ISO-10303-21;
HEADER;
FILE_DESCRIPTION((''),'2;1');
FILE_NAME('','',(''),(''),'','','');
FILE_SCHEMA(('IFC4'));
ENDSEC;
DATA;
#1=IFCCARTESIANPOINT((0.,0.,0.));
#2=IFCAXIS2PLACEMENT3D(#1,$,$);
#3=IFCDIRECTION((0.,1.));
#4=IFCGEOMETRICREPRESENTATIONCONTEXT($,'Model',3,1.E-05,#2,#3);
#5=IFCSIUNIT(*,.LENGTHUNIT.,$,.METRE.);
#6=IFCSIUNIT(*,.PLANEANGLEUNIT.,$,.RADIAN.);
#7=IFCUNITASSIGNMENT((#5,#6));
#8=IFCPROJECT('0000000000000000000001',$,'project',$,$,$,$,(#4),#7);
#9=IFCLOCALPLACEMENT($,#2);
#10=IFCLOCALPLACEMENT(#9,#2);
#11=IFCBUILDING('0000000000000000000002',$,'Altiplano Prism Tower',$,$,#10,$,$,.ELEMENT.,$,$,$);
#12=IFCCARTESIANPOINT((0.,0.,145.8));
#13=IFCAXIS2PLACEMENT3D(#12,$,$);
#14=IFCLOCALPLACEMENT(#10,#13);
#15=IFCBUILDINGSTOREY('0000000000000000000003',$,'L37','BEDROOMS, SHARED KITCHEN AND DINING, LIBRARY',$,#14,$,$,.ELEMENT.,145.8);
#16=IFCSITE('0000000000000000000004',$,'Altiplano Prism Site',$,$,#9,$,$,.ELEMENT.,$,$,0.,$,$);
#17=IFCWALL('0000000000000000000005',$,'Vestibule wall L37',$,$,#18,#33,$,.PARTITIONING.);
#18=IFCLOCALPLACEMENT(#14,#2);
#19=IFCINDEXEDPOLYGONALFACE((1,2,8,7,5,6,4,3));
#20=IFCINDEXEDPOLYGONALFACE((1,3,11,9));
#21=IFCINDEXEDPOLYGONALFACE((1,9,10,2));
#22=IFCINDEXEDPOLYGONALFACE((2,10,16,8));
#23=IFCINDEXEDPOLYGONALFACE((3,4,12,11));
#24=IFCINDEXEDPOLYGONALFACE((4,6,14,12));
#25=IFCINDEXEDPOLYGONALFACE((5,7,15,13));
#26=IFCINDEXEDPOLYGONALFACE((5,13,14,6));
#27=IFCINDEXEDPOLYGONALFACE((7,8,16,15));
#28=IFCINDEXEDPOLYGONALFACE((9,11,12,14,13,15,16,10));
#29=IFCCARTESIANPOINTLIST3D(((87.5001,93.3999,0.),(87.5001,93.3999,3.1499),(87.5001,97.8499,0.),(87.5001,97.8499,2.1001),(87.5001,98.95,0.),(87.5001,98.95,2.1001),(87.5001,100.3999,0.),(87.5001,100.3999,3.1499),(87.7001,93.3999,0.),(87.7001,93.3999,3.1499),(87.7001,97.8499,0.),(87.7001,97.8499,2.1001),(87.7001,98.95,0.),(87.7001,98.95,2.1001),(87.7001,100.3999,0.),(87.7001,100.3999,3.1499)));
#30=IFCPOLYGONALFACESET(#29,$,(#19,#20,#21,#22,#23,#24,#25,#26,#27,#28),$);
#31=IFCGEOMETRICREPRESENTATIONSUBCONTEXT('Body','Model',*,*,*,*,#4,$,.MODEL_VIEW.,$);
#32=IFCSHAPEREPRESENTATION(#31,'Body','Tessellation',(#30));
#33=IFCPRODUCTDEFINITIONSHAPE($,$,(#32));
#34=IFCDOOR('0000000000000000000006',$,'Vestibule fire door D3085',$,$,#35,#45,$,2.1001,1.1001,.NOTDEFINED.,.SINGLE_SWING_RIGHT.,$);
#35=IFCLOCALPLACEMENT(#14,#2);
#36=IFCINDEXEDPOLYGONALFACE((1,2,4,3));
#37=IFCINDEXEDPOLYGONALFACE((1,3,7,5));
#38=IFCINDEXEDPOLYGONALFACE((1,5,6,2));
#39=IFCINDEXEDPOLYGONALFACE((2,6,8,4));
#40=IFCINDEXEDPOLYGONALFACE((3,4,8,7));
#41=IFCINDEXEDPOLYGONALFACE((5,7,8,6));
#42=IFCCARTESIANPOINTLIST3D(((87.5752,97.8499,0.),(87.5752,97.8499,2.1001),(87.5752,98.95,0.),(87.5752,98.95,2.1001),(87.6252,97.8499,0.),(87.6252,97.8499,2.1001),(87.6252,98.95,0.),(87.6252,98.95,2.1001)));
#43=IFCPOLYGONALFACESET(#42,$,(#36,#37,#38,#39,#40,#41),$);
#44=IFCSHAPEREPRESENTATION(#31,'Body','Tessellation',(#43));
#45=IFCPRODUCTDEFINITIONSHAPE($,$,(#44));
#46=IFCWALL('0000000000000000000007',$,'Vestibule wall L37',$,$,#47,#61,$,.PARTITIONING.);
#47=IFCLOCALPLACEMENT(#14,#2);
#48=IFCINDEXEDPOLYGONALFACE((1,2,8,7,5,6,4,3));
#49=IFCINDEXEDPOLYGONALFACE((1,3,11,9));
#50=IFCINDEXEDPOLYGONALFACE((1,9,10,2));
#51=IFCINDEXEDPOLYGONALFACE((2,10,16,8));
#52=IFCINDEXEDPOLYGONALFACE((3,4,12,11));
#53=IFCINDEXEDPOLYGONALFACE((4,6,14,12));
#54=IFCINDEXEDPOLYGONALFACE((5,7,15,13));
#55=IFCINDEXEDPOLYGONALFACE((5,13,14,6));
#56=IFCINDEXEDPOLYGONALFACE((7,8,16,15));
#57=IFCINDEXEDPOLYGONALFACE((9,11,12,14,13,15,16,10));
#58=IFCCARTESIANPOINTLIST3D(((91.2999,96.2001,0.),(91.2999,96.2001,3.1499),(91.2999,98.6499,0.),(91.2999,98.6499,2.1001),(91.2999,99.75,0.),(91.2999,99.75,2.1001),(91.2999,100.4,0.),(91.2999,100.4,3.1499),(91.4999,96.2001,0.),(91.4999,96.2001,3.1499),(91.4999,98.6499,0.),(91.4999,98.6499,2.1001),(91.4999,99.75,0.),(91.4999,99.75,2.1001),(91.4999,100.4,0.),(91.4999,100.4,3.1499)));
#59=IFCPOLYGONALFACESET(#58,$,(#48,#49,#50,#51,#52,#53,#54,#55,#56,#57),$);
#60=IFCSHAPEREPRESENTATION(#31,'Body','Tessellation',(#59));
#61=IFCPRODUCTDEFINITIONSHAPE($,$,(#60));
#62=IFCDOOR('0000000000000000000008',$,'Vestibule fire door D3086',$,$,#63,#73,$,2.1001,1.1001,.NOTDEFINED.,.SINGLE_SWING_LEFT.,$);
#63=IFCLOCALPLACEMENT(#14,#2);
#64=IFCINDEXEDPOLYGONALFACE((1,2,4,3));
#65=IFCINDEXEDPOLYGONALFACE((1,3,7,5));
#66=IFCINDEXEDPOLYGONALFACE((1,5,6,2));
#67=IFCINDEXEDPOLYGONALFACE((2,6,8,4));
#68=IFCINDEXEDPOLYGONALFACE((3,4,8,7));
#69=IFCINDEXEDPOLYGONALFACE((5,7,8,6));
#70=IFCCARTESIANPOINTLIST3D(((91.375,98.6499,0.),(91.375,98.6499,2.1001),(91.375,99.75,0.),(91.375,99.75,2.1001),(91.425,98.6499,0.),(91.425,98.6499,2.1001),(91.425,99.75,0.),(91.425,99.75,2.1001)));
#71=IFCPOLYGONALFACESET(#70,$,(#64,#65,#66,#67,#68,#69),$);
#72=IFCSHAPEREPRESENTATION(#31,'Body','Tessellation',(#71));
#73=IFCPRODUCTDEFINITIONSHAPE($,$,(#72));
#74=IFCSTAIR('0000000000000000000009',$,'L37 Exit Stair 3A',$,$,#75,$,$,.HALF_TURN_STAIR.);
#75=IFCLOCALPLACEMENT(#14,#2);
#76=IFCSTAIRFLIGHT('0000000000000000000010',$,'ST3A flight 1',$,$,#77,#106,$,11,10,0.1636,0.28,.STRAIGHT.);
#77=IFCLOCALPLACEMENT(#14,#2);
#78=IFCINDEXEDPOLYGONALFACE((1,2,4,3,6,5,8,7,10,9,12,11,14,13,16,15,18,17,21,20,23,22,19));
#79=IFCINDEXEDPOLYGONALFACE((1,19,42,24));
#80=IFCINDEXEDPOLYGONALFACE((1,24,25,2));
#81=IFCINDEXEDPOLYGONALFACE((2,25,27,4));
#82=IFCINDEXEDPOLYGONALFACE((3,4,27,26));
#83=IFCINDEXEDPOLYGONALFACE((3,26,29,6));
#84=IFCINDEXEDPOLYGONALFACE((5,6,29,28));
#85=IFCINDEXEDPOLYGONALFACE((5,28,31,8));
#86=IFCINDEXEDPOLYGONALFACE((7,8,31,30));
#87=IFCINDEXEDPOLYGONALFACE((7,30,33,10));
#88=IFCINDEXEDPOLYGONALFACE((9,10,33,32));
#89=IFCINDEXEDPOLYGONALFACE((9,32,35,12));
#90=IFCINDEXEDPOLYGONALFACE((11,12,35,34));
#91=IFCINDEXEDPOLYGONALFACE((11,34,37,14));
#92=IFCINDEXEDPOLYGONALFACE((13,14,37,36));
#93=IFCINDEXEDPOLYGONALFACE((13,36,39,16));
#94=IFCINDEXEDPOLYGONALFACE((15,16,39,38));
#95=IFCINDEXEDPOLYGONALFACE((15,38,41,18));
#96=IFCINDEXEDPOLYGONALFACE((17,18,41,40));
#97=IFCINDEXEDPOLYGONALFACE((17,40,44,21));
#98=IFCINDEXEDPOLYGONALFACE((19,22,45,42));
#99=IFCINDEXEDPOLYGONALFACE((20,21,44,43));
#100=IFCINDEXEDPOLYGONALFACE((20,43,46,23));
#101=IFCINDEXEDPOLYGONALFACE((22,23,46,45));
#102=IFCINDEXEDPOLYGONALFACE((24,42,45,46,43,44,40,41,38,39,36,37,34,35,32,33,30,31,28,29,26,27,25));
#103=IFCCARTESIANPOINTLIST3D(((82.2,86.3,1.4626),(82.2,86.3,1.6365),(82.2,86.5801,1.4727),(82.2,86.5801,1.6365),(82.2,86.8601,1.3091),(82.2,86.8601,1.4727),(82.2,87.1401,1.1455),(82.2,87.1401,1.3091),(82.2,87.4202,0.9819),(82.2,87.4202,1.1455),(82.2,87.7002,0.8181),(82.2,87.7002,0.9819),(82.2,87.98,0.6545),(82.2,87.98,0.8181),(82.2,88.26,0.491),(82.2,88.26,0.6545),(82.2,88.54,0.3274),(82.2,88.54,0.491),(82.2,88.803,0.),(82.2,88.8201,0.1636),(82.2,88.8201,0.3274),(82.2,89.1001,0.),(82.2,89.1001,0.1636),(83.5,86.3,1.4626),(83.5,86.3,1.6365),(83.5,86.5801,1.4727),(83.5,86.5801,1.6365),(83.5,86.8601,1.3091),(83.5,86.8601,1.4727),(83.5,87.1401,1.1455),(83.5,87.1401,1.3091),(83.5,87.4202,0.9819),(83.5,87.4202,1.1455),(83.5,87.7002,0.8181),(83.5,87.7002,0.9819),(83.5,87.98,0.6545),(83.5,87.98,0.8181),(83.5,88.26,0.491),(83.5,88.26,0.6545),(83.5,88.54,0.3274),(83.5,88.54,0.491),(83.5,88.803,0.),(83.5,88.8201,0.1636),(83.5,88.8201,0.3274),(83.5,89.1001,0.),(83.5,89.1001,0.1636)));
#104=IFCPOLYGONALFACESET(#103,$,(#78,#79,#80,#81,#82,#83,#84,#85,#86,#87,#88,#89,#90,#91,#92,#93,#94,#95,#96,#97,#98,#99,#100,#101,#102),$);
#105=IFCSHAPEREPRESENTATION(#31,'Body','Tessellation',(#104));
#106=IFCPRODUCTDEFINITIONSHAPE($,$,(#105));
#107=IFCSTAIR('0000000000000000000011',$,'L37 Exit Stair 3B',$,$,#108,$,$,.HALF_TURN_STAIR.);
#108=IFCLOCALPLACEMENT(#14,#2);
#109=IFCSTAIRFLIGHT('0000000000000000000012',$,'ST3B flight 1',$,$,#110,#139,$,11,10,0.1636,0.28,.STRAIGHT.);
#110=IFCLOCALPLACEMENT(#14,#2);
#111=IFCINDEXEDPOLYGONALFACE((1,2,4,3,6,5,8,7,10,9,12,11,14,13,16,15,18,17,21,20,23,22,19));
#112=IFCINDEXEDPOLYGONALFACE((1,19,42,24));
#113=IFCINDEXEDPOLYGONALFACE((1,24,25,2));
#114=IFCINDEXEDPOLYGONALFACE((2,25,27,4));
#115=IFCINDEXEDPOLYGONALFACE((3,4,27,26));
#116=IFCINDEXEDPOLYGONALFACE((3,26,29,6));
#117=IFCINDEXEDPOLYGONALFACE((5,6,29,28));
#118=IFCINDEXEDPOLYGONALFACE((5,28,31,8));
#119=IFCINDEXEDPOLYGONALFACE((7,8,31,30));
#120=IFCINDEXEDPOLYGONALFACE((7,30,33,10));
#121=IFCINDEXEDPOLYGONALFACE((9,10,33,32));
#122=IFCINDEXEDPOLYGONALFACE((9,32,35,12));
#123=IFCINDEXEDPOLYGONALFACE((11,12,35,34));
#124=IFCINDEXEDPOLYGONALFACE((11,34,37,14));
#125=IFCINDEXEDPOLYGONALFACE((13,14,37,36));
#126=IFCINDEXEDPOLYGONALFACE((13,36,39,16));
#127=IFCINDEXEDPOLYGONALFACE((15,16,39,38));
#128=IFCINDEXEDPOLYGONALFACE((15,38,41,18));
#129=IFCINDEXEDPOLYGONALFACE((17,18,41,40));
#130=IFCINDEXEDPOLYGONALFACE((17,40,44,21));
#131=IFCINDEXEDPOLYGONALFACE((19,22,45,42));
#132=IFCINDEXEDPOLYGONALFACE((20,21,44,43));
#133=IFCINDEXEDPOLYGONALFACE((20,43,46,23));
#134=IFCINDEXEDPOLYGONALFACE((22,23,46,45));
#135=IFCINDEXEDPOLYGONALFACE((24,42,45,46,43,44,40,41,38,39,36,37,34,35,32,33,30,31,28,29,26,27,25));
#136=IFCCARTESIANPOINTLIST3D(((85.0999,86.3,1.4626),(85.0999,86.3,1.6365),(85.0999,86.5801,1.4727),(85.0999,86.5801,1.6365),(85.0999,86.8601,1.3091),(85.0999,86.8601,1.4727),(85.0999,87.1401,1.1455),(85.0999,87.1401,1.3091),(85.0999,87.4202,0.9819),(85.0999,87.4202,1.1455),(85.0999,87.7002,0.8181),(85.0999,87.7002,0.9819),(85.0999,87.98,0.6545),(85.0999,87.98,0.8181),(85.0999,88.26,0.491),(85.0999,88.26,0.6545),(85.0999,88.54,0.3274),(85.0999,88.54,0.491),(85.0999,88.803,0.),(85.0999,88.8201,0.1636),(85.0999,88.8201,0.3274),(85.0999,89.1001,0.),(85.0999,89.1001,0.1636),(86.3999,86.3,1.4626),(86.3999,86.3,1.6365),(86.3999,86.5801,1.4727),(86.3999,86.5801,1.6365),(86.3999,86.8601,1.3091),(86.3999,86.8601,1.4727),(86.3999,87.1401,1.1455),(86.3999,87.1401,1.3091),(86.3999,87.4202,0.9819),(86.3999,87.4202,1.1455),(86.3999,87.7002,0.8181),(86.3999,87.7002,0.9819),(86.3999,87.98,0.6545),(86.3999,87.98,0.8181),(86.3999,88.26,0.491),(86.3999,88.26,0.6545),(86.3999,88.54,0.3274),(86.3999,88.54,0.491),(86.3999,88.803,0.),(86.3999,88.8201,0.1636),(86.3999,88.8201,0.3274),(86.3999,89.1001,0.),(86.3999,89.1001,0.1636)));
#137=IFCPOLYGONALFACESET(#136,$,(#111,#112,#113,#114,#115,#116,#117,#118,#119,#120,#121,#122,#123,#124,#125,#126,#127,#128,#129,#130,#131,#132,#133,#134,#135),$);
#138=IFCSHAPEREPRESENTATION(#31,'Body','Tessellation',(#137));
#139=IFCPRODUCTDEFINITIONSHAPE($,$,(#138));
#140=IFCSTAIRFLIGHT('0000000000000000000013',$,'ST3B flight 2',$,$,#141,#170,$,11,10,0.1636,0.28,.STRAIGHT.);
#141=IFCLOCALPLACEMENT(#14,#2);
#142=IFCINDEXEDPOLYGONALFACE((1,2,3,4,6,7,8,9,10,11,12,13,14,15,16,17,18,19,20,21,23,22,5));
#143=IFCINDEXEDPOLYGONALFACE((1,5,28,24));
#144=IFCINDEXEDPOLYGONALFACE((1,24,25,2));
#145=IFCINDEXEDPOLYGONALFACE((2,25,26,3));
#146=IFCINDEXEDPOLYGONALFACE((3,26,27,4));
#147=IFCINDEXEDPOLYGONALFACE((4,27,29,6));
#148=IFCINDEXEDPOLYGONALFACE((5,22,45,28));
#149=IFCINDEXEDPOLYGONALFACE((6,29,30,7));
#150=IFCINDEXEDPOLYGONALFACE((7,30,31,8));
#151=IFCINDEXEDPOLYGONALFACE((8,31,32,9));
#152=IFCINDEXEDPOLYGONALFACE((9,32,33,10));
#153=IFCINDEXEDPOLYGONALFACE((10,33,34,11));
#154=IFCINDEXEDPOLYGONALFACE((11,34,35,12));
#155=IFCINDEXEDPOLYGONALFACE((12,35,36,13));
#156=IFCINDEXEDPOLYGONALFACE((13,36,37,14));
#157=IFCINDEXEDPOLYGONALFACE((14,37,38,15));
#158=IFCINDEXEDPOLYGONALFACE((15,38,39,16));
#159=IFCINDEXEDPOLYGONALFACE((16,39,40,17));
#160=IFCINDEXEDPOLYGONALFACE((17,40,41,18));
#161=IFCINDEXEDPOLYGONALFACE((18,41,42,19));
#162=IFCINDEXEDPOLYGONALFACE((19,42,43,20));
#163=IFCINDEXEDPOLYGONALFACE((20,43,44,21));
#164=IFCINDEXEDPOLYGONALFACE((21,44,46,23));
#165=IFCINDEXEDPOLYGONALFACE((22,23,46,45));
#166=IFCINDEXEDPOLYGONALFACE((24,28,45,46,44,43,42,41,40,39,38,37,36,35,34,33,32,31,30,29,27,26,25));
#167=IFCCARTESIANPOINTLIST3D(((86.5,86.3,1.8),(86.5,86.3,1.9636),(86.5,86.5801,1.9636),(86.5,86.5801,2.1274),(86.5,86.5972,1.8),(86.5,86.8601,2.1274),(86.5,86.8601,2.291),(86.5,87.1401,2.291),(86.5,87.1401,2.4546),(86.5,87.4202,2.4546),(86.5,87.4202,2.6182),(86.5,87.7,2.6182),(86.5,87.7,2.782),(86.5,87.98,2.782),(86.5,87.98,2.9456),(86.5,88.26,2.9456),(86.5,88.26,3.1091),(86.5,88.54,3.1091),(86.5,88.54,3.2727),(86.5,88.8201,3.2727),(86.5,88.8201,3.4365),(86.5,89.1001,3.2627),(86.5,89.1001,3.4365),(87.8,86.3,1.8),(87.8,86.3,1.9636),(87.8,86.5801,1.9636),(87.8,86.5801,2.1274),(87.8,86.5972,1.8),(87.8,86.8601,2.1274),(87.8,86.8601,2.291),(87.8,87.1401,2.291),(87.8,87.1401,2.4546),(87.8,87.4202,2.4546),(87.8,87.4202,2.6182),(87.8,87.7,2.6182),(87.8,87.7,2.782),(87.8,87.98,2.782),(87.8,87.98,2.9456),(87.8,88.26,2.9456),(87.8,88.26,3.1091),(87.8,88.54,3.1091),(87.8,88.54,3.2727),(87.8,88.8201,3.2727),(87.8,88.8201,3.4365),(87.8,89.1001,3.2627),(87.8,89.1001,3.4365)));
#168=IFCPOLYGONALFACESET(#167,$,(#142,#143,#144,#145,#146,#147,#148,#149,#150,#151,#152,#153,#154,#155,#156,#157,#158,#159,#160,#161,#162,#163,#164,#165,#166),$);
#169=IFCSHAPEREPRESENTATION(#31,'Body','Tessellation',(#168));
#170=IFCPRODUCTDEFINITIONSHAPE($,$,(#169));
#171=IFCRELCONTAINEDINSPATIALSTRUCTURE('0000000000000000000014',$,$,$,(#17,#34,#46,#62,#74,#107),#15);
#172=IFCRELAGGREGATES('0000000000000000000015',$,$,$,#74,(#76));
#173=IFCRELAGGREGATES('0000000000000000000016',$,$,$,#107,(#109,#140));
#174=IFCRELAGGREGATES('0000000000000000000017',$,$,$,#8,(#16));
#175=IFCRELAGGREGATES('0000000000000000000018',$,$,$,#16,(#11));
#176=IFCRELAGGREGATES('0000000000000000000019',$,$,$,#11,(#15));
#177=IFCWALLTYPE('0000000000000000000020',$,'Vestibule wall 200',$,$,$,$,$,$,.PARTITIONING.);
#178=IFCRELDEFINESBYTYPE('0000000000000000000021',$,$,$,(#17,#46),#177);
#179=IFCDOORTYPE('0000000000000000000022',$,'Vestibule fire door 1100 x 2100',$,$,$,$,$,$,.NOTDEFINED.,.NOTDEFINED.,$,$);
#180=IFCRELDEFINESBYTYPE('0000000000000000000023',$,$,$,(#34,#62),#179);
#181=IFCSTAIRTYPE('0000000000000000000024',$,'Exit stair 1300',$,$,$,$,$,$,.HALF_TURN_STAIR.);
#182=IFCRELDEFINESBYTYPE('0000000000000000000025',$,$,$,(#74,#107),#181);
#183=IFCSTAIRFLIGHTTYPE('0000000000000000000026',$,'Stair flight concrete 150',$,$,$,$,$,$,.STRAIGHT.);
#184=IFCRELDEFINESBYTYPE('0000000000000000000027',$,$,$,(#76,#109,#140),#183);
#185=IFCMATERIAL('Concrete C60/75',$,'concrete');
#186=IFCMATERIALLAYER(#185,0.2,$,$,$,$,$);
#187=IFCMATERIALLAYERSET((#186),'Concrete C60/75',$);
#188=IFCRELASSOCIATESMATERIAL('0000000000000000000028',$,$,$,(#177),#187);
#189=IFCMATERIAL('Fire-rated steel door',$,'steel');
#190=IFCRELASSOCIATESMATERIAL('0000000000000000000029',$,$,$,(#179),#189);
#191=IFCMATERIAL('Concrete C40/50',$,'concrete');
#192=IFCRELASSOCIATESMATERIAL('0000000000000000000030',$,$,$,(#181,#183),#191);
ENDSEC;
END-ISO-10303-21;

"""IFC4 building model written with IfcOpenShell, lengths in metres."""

from ifc_helpers import new_model, si_unit, direction, frame, frame_2d, origin, place, context, subcontext, project, spatial, polyline, rectangle, outline, extrude, material, layer, layer_set, type_object, element, fill, aggregate, save


model = new_model("IFC4")

# Units and contexts
model_context = context("Model", 3, precision=1e-05, world=origin(), true_north=direction((0.0, 1.0)))
body_context = subcontext(model_context, "Body", "Model", "MODEL_VIEW")
ifc_project = project(units=[si_unit("LENGTHUNIT", "METRE"), si_unit("PLANEANGLEUNIT", "RADIAN")], contexts=[model_context])

# Site, building, storey
site_placement = place(None, origin())
site = spatial("IfcSite", under=ifc_project, at=site_placement, Name="Altiplano Prism Site", CompositionType="ELEMENT", RefElevation=0.0)
building_placement = place(site_placement, origin())
building = spatial("IfcBuilding", under=site, at=building_placement, Name="Altiplano Prism Tower", CompositionType="ELEMENT")
storey_placement = place(building_placement, frame((0.0, 0.0, 145.8)))
storey = spatial("IfcBuildingStorey", under=building, at=storey_placement, Name="L37", Description="BEDROOMS, SHARED KITCHEN AND DINING, LIBRARY", CompositionType="ELEMENT", Elevation=145.8)

# Shared definitions
ifc_material_1 = material(Name="Concrete C60/75", Category="concrete")

# Shared definitions
ifc_material_2 = material(Name="Fire-rated steel door", Category="steel")

# Walls, openings, doors
ifc_layer_1 = layer(ifc_material_1, 0.2)
ifc_layer_set_1 = layer_set([ifc_layer_1], Name="Concrete C60/75")
wall_type_1 = type_object("IfcWallType", Name="Vestibule wall 200", PredefinedType="PARTITIONING", material=ifc_layer_set_1)
wall_1_placement = place(storey_placement, frame((87.6001, 93.3999, 0.0), z_axis=(0.0, 0.0, 1.0), x_axis=(0.0, 1.0, 0.0)))
wall_1 = element("IfcWall", 1, at=wall_1_placement, inside=storey, type_object=wall_type_1, Name="Vestibule wall L37", PredefinedType="PARTITIONING", context=body_context, shape_type="SweptSolid", body=[
    extrude(rectangle(XDim=7.0, YDim=0.2, at=frame_2d((3.5, 0.0))), origin(), (0.0, 0.0, 1.0), 3.1499),
])
opening_1_placement = place(wall_1_placement, frame((4.45, 0.0, 0.0)))
opening_1 = element("IfcOpeningElement", 2, at=opening_1_placement, cuts=wall_1, PredefinedType="OPENING", context=body_context, shape_type="SweptSolid", body=[
    extrude(rectangle(XDim=1.1001, YDim=2.1001, at=frame_2d((0.55, 1.05))), frame((0.0, 0.1104, 0.0), z_axis=(0.0, -1.0, 0.0), x_axis=(1.0, 0.0, 0.0)), (0.0, 0.0, 1.0), 0.2209),
])
door_type_1 = type_object("IfcDoorType", Name="Vestibule fire door 1100 x 2100", OperationType="NOTDEFINED", PredefinedType="NOTDEFINED", material=ifc_material_2)
door_1_placement = place(opening_1_placement, origin())
door_1 = element("IfcDoor", 3, at=door_1_placement, inside=storey, type_object=door_type_1, Name="Vestibule fire door D3085", OperationType="SINGLE_SWING_RIGHT", OverallHeight=2.1001, OverallWidth=1.1001, PredefinedType="NOTDEFINED", context=body_context, shape_type="SweptSolid", body=[
    extrude(rectangle(XDim=1.1001, YDim=2.1001, at=frame_2d((0.55, 1.05))), frame((0.0, 0.0249, 0.0), z_axis=(0.0, -1.0, 0.0), x_axis=(1.0, 0.0, 0.0)), (0.0, 0.0, 1.0), 0.05),
])
fill(opening_1, door_1)
wall_2_placement = place(storey_placement, frame((91.3999, 96.2, 0.0), z_axis=(0.0, 0.0, 1.0), x_axis=(0.0, 1.0, 0.0)))
wall_2 = element("IfcWall", 4, at=wall_2_placement, inside=storey, type_object=wall_type_1, Name="Vestibule wall L37", PredefinedType="PARTITIONING", context=body_context, shape_type="SweptSolid", body=[
    extrude(rectangle(XDim=4.2, YDim=0.2, at=frame_2d((2.1001, 0.0))), origin(), (0.0, 0.0, 1.0), 3.1499),
])
opening_2_placement = place(wall_2_placement, frame((2.45, 0.0, 0.0)))
opening_2 = element("IfcOpeningElement", 5, at=opening_2_placement, cuts=wall_2, PredefinedType="OPENING", context=body_context, shape_type="SweptSolid", body=[
    extrude(rectangle(XDim=1.1001, YDim=2.1001, at=frame_2d((0.55, 1.05))), frame((0.0, 0.1104, 0.0), z_axis=(0.0, -1.0, 0.0), x_axis=(1.0, 0.0, 0.0)), (0.0, 0.0, 1.0), 0.2209),
])
door_2_placement = place(opening_2_placement, origin())
door_2 = element("IfcDoor", 6, at=door_2_placement, inside=storey, type_object=door_type_1, Name="Vestibule fire door D3086", OperationType="SINGLE_SWING_LEFT", OverallHeight=2.1001, OverallWidth=1.1001, PredefinedType="NOTDEFINED", context=body_context, shape_type="SweptSolid", body=[
    extrude(rectangle(XDim=1.1001, YDim=2.1001, at=frame_2d((0.55, 1.05))), frame((0.0, 0.0249, 0.0), z_axis=(0.0, -1.0, 0.0), x_axis=(1.0, 0.0, 0.0)), (0.0, 0.0, 1.0), 0.05),
])
fill(opening_2, door_2)

# Stair, stair flight
ifc_material_3 = material(Name="Concrete C40/50", Category="concrete")
stair_type = type_object("IfcStairType", Name="Exit stair 1300", PredefinedType="HALF_TURN_STAIR", material=ifc_material_3)
stair_1_placement = place(storey_placement, origin())
stair_1 = element("IfcStair", 7, at=stair_1_placement, inside=storey, type_object=stair_type, Name="L37 Exit Stair 3A", PredefinedType="HALF_TURN_STAIR")
stair_flight_type = type_object("IfcStairFlightType", Name="Stair flight concrete 150", PredefinedType="STRAIGHT", material=ifc_material_3)
stair_flight_1_placement = place(storey_placement, frame((82.8501, 89.1001, 0.0), z_axis=(0.0, 0.0, 1.0), x_axis=(0.0, -1.0, 0.0)))
stair_flight_1 = element("IfcStairFlight", 8, at=stair_flight_1_placement, type_object=stair_flight_type, Name="ST3A flight 1", NumberOfRisers=11, NumberOfTreads=10, PredefinedType="STRAIGHT", RiserHeight=0.1636, TreadLength=0.28, context=body_context, shape_type="SweptSolid", body=[
    extrude(outline(polyline([(0.0, 0.0), (0.0, 0.1636), (0.28, 0.1636), (0.28, 0.3274), (0.5601, 0.3274), (0.5601, 0.491), (0.8401, 0.491), (0.8401, 0.6545), (1.1201, 0.6545), (1.1201, 0.8181), (1.3999, 0.8181), (1.3999, 0.9819), (1.6799, 0.9819), (1.6799, 1.1455), (1.96, 1.1455), (1.96, 1.3091), (2.24, 1.3091), (2.24, 1.4727), (2.52, 1.4727), (2.52, 1.6365), (2.8, 1.6365), (2.8, 1.8), (2.8, 1.4626), (0.2971, 0.0), (0.0, 0.0)])), frame((0.0, 0.6499, 0.0), z_axis=(0.0, -1.0, 0.0), x_axis=(1.0, 0.0, 0.0)), (0.0, 0.0, 1.0), 1.3),
])
aggregate(stair_1, [stair_flight_1])

# Stair, stair flights
stair_2_placement = place(storey_placement, origin())
stair_2 = element("IfcStair", 9, at=stair_2_placement, inside=storey, type_object=stair_type, Name="L37 Exit Stair 3B", PredefinedType="HALF_TURN_STAIR")
stair_flight_2_placement = place(storey_placement, frame((85.75, 89.1001, 0.0), z_axis=(0.0, 0.0, 1.0), x_axis=(0.0, -1.0, 0.0)))
stair_flight_2 = element("IfcStairFlight", 10, at=stair_flight_2_placement, type_object=stair_flight_type, Name="ST3B flight 1", NumberOfRisers=11, NumberOfTreads=10, PredefinedType="STRAIGHT", RiserHeight=0.1636, TreadLength=0.28, context=body_context, shape_type="SweptSolid", body=[
    extrude(outline(polyline([(0.0, 0.0), (0.0, 0.1636), (0.28, 0.1636), (0.28, 0.3274), (0.5601, 0.3274), (0.5601, 0.491), (0.8401, 0.491), (0.8401, 0.6545), (1.1201, 0.6545), (1.1201, 0.8181), (1.3999, 0.8181), (1.3999, 0.9819), (1.6799, 0.9819), (1.6799, 1.1455), (1.96, 1.1455), (1.96, 1.3091), (2.24, 1.3091), (2.24, 1.4727), (2.52, 1.4727), (2.52, 1.6365), (2.8, 1.6365), (2.8, 1.8), (2.8, 1.4626), (0.2971, 0.0), (0.0, 0.0)])), frame((0.0, 0.6499, 0.0), z_axis=(0.0, -1.0, 0.0), x_axis=(1.0, 0.0, 0.0)), (0.0, 0.0, 1.0), 1.3),
])
stair_flight_3_placement = place(storey_placement, frame((87.1499, 86.3, 1.8), z_axis=(0.0, 0.0, 1.0), x_axis=(0.0, 1.0, 0.0)))
stair_flight_3 = element("IfcStairFlight", 11, at=stair_flight_3_placement, type_object=stair_flight_type, Name="ST3B flight 2", NumberOfRisers=11, NumberOfTreads=10, PredefinedType="STRAIGHT", RiserHeight=0.1636, TreadLength=0.28, context=body_context, shape_type="SweptSolid", body=[
    extrude(outline(polyline([(0.0, 0.0), (0.0, 0.1636), (0.28, 0.1636), (0.28, 0.3274), (0.5601, 0.3274), (0.5601, 0.491), (0.8401, 0.491), (0.8401, 0.6545), (1.1201, 0.6545), (1.1201, 0.8181), (1.3999, 0.8181), (1.3999, 0.9819), (1.6799, 0.9819), (1.6799, 1.1455), (1.96, 1.1455), (1.96, 1.3091), (2.24, 1.3091), (2.24, 1.4727), (2.52, 1.4727), (2.52, 1.6365), (2.8, 1.6365), (2.8, 1.8), (2.8, 1.4626), (0.2971, 0.0), (0.0, 0.0)])), frame((0.0, 0.6499, 0.0), z_axis=(0.0, -1.0, 0.0), x_axis=(1.0, 0.0, 0.0)), (0.0, 0.0, 1.0), 1.3),
])
aggregate(stair_2, [stair_flight_2, stair_flight_3])

save(model, "model.ifc")
